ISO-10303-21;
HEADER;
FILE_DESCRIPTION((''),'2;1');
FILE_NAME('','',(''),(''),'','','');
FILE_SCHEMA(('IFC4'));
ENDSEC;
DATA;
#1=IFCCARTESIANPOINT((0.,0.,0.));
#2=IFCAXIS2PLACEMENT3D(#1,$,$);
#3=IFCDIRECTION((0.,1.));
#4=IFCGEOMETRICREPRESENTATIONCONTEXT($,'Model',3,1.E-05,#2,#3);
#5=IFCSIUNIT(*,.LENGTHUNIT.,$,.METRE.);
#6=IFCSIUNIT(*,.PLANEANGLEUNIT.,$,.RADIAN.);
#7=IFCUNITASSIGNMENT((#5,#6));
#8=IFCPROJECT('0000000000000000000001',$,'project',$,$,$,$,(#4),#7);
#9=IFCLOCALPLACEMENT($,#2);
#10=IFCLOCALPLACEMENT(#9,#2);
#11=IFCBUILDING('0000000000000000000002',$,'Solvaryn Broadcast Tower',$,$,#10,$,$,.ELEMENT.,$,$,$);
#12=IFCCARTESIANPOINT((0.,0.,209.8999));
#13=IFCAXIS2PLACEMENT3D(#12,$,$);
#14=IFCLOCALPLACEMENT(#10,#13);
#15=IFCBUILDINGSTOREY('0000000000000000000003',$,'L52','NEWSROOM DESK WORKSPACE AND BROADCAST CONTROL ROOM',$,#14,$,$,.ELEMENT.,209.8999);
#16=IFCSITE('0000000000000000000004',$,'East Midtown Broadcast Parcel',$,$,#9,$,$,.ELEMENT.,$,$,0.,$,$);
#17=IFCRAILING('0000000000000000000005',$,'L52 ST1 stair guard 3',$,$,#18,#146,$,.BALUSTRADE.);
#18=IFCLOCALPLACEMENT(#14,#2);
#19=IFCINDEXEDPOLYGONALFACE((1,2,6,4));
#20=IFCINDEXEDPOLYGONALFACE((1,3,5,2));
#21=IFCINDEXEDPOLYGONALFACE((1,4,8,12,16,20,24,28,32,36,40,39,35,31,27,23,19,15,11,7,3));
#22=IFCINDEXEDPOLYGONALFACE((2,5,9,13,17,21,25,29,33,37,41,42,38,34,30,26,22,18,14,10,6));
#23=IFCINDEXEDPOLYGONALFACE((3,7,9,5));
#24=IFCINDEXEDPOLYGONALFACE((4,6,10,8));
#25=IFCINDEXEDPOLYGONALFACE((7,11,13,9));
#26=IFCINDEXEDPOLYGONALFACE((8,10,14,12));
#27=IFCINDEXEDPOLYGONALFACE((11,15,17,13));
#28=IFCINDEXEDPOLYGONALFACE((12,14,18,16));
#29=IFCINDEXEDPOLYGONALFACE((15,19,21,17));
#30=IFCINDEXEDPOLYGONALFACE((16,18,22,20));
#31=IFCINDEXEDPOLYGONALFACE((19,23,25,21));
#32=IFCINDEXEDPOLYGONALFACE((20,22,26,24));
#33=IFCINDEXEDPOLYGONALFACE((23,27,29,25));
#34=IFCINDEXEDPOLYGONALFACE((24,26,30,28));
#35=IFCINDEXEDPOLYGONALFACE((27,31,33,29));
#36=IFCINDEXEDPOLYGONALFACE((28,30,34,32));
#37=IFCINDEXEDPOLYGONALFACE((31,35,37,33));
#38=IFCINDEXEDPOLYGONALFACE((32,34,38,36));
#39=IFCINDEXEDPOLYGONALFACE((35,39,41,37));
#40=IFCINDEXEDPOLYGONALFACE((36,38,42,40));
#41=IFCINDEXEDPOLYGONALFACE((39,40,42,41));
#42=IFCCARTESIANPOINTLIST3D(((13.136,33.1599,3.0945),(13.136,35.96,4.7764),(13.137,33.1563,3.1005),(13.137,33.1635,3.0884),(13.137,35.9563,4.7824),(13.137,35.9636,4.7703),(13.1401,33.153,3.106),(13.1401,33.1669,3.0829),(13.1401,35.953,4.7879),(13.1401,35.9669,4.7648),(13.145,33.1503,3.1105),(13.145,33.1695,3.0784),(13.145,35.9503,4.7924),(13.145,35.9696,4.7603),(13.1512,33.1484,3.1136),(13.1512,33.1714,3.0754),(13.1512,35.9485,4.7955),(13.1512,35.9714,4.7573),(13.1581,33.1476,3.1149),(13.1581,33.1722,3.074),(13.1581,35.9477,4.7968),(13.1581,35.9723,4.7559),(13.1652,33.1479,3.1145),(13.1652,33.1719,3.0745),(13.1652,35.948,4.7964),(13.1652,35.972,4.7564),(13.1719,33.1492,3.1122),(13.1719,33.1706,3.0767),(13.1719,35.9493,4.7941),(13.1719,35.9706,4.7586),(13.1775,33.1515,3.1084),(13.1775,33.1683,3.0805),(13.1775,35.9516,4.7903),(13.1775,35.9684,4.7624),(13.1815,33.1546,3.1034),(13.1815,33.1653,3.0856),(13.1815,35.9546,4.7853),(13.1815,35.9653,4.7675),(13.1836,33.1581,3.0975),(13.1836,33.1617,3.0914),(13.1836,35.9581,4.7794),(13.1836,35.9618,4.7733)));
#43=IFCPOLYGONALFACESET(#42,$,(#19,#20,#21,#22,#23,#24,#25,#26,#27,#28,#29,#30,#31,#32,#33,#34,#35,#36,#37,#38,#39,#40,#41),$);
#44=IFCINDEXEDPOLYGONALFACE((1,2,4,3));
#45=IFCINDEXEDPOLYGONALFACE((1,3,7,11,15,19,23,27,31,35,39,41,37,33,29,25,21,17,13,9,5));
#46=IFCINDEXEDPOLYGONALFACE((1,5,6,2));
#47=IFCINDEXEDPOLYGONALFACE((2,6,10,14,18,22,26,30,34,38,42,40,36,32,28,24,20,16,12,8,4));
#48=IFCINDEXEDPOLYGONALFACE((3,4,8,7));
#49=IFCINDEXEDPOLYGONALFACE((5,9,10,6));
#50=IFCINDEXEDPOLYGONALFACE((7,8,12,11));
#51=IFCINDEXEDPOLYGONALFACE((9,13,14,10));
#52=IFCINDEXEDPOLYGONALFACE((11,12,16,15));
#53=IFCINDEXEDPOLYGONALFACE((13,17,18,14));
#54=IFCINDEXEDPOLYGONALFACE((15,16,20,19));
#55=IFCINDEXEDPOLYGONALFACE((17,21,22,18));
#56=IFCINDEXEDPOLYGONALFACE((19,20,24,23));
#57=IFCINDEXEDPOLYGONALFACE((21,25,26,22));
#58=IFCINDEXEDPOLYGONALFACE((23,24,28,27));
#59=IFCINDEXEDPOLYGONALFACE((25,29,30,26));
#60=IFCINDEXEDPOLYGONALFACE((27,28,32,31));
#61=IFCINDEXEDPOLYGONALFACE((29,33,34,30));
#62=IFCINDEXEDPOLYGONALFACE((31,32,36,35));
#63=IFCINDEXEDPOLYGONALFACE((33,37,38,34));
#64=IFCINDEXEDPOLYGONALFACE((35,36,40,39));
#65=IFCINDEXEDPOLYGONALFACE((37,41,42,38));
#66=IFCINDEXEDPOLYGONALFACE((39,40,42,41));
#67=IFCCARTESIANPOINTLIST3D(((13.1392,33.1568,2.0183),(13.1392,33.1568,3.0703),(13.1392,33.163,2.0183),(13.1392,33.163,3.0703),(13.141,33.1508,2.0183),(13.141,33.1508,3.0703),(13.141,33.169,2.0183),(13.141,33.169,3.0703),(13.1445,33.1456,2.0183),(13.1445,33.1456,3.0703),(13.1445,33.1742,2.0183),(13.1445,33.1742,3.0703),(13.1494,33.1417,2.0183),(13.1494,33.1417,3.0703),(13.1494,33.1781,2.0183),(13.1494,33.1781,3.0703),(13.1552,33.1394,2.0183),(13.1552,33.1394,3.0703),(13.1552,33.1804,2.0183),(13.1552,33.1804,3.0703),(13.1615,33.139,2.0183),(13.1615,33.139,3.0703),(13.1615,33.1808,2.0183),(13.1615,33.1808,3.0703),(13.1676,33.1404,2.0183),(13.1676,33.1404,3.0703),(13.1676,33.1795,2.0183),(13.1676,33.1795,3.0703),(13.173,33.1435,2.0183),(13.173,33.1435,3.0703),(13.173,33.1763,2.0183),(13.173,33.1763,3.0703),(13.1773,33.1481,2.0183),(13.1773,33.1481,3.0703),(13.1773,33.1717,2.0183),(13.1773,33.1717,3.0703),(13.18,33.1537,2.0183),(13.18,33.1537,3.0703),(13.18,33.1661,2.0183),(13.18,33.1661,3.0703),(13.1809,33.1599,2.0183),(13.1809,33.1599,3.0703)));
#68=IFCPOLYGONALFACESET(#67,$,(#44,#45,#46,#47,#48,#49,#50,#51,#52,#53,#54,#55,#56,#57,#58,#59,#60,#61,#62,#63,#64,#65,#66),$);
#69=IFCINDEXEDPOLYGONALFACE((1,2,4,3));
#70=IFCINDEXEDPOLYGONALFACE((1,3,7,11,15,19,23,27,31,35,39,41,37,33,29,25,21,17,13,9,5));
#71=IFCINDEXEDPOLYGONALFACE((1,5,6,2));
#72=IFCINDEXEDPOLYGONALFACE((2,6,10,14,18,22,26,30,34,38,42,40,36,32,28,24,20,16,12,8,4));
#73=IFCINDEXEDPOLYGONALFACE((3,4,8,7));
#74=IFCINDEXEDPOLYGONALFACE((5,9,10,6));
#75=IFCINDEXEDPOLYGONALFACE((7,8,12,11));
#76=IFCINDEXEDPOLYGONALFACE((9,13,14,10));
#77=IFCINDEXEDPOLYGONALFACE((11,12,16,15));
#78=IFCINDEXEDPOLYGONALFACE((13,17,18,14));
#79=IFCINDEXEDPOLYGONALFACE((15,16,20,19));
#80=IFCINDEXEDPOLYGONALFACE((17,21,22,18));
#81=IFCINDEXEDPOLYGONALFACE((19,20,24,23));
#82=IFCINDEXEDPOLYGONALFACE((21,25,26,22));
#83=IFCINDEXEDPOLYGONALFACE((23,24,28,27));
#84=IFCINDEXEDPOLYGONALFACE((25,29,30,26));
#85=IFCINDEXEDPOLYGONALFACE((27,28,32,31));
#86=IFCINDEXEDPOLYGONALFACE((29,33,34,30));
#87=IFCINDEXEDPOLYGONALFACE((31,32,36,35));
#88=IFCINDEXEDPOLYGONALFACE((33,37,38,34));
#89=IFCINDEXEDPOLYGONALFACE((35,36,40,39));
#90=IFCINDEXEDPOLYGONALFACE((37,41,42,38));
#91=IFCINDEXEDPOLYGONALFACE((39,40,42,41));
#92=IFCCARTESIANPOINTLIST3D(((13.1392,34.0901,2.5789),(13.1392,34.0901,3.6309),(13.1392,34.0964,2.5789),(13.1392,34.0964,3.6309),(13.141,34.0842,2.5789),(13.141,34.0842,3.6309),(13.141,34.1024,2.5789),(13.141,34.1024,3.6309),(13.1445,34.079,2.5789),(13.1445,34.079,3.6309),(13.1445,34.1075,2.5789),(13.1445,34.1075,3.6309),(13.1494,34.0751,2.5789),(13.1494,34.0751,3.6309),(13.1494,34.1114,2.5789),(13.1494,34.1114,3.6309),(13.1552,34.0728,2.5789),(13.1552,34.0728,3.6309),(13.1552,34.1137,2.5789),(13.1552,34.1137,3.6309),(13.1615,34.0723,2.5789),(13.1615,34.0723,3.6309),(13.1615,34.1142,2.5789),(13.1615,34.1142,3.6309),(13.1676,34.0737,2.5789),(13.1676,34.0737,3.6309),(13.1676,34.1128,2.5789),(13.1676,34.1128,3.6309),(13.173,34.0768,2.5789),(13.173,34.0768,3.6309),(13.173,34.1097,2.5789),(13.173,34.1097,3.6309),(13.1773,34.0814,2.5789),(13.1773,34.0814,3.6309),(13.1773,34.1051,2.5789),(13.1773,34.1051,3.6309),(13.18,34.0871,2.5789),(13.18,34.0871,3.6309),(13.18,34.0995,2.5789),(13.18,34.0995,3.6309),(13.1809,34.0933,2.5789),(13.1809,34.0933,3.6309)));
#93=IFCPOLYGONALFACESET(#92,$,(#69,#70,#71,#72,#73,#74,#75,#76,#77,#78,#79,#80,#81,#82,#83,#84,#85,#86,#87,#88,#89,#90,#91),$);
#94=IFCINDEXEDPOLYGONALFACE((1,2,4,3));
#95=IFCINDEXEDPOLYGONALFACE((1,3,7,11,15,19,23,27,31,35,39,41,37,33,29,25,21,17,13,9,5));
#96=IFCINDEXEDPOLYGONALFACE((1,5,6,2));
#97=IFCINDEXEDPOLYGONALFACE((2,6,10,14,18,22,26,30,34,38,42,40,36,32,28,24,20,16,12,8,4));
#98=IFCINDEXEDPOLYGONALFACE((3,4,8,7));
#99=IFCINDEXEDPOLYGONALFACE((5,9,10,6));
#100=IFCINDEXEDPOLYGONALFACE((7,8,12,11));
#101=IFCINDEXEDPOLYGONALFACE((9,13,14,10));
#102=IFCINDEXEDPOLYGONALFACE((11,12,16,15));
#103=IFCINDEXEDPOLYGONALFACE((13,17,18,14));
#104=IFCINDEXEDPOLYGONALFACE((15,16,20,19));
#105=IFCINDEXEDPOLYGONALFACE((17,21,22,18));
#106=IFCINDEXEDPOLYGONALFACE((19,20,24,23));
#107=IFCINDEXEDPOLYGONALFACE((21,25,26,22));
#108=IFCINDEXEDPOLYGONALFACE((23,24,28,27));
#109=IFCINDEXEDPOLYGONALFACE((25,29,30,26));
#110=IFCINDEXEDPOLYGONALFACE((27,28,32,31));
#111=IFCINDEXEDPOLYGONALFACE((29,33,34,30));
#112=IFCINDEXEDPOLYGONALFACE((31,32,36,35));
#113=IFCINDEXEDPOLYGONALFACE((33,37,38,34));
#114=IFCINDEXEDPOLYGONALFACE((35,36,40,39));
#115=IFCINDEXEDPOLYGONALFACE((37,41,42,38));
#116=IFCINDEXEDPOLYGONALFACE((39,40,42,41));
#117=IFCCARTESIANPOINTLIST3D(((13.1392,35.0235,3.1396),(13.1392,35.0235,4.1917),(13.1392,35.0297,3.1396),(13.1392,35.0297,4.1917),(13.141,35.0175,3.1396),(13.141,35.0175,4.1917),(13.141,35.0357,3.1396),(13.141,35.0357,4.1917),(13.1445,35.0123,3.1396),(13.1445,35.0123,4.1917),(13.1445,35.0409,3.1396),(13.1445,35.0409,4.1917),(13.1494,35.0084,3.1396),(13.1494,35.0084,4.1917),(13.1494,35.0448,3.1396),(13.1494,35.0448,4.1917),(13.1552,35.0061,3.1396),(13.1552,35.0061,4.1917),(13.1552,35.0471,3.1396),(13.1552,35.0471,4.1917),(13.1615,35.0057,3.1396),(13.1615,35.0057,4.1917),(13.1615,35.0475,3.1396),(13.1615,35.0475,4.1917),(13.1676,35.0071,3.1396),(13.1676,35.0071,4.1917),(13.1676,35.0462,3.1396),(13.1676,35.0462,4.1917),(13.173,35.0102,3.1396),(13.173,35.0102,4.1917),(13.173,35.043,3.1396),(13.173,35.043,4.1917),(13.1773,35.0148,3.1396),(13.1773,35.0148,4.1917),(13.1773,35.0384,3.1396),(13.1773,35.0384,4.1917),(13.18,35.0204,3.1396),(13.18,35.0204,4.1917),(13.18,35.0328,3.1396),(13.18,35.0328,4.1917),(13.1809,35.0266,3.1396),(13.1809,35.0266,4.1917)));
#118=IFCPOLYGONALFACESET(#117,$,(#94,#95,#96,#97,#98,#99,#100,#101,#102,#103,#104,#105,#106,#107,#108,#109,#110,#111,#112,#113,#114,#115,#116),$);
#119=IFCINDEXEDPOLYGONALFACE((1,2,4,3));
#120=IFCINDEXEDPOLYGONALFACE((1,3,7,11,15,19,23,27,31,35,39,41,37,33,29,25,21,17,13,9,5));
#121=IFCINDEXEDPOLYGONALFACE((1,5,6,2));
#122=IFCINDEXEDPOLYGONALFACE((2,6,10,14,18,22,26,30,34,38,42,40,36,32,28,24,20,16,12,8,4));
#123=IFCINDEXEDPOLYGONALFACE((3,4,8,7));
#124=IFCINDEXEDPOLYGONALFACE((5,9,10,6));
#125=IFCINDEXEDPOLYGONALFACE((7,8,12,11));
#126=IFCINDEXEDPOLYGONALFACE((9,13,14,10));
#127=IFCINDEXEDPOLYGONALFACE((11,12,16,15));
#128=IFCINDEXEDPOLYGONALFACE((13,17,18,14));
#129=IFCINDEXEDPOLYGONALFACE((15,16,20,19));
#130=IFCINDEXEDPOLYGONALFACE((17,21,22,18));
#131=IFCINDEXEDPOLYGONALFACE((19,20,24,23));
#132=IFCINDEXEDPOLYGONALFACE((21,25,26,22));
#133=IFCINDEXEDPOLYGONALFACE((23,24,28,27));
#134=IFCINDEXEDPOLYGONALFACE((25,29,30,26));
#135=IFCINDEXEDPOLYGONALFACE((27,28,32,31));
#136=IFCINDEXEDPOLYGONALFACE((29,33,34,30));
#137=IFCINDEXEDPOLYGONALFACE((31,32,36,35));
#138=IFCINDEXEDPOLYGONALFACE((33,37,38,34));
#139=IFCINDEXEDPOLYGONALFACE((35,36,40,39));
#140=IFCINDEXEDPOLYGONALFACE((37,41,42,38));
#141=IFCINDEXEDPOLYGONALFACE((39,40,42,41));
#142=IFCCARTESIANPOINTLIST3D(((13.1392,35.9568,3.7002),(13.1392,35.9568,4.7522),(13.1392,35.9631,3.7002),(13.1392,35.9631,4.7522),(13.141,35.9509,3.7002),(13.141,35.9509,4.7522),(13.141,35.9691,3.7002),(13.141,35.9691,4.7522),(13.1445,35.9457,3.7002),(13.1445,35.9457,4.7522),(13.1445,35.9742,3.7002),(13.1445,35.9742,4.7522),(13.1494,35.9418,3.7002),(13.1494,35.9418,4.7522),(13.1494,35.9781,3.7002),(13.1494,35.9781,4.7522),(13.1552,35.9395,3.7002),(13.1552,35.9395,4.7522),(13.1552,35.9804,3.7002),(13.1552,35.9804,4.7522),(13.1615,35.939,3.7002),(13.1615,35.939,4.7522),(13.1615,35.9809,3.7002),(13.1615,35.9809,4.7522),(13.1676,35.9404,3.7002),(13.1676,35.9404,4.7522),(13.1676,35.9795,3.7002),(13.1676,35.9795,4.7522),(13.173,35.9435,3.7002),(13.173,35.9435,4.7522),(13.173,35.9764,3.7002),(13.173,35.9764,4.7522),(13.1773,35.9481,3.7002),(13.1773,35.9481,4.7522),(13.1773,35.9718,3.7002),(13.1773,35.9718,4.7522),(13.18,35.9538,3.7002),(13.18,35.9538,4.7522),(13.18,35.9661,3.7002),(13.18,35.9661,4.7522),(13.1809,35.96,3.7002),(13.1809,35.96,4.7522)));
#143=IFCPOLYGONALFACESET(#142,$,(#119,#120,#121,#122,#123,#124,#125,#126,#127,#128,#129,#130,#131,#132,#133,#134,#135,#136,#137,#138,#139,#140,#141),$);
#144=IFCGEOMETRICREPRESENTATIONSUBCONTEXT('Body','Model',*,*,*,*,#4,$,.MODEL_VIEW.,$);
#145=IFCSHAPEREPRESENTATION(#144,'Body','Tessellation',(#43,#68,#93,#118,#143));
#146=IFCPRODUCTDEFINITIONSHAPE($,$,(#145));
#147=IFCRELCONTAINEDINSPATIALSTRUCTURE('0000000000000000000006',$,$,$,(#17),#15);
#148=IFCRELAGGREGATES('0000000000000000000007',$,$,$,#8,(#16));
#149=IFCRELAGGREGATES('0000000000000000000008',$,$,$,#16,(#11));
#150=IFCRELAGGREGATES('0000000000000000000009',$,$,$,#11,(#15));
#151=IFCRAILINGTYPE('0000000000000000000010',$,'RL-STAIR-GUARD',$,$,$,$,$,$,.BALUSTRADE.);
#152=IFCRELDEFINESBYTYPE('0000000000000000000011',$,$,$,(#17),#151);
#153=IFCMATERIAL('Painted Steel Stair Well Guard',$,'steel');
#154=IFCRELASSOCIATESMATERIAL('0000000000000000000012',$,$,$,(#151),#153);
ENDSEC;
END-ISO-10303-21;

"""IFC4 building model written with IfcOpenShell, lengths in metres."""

from ifc_helpers import new_model, si_unit, direction, frame, origin, origin_2d, place, context, subcontext, project, spatial, circle, extrude, material, type_object, element, save


model = new_model("IFC4")

# Units and contexts
model_context = context("Model", 3, precision=1e-05, world=origin(), true_north=direction((0.0, 1.0)))
body_context = subcontext(model_context, "Body", "Model", "MODEL_VIEW")
ifc_project = project(units=[si_unit("LENGTHUNIT", "METRE"), si_unit("PLANEANGLEUNIT", "RADIAN")], contexts=[model_context])

# Site, building, storey
site_placement = place(None, origin())
site = spatial("IfcSite", under=ifc_project, at=site_placement, Name="East Midtown Broadcast Parcel", CompositionType="ELEMENT", RefElevation=0.0)
building_placement = place(site_placement, origin())
building = spatial("IfcBuilding", under=site, at=building_placement, Name="Solvaryn Broadcast Tower", CompositionType="ELEMENT")
storey_placement = place(building_placement, frame((0.0, 0.0, 209.8999)))
storey = spatial("IfcBuildingStorey", under=building, at=storey_placement, Name="L52", Description="NEWSROOM DESK WORKSPACE AND BROADCAST CONTROL ROOM", CompositionType="ELEMENT", Elevation=209.8999)

# Railing
ifc_material_1 = material(Name="Painted Steel Stair Well Guard", Category="steel")
railing_type_1 = type_object("IfcRailingType", Name="RL-STAIR-GUARD", PredefinedType="BALUSTRADE", material=ifc_material_1)
railing_1_placement = place(storey_placement, frame((13.1599, 33.1599, 2.0183)))
element("IfcRailing", 1, at=railing_1_placement, inside=storey, type_object=railing_type_1, Name="L52 ST1 stair guard 3", PredefinedType="BALUSTRADE", context=body_context, shape_type="SweptSolid", body=[
    extrude(circle(Radius=0.0239, at=origin_2d()), frame((0.0, 0.0, 1.0762), z_axis=(0.0, 0.857242, 0.514913), x_axis=(-1.0, 0.0, 0.0)), (0.0, 0.0, 1.0), 3.2664),
    extrude(circle(Radius=0.021, at=origin_2d()), origin(), (0.0, 0.0, 1.0), 1.052),
    extrude(circle(Radius=0.021, at=origin_2d()), frame((0.0, 0.9333, 0.5605)), (0.0, 0.0, 1.0), 1.052),
    extrude(circle(Radius=0.021, at=origin_2d()), frame((0.0, 1.8667, 1.1213)), (0.0, 0.0, 1.0), 1.052),
    extrude(circle(Radius=0.021, at=origin_2d()), frame((0.0, 2.8, 1.6819)), (0.0, 0.0, 1.0), 1.052),
])

save(model, "model.ifc")
